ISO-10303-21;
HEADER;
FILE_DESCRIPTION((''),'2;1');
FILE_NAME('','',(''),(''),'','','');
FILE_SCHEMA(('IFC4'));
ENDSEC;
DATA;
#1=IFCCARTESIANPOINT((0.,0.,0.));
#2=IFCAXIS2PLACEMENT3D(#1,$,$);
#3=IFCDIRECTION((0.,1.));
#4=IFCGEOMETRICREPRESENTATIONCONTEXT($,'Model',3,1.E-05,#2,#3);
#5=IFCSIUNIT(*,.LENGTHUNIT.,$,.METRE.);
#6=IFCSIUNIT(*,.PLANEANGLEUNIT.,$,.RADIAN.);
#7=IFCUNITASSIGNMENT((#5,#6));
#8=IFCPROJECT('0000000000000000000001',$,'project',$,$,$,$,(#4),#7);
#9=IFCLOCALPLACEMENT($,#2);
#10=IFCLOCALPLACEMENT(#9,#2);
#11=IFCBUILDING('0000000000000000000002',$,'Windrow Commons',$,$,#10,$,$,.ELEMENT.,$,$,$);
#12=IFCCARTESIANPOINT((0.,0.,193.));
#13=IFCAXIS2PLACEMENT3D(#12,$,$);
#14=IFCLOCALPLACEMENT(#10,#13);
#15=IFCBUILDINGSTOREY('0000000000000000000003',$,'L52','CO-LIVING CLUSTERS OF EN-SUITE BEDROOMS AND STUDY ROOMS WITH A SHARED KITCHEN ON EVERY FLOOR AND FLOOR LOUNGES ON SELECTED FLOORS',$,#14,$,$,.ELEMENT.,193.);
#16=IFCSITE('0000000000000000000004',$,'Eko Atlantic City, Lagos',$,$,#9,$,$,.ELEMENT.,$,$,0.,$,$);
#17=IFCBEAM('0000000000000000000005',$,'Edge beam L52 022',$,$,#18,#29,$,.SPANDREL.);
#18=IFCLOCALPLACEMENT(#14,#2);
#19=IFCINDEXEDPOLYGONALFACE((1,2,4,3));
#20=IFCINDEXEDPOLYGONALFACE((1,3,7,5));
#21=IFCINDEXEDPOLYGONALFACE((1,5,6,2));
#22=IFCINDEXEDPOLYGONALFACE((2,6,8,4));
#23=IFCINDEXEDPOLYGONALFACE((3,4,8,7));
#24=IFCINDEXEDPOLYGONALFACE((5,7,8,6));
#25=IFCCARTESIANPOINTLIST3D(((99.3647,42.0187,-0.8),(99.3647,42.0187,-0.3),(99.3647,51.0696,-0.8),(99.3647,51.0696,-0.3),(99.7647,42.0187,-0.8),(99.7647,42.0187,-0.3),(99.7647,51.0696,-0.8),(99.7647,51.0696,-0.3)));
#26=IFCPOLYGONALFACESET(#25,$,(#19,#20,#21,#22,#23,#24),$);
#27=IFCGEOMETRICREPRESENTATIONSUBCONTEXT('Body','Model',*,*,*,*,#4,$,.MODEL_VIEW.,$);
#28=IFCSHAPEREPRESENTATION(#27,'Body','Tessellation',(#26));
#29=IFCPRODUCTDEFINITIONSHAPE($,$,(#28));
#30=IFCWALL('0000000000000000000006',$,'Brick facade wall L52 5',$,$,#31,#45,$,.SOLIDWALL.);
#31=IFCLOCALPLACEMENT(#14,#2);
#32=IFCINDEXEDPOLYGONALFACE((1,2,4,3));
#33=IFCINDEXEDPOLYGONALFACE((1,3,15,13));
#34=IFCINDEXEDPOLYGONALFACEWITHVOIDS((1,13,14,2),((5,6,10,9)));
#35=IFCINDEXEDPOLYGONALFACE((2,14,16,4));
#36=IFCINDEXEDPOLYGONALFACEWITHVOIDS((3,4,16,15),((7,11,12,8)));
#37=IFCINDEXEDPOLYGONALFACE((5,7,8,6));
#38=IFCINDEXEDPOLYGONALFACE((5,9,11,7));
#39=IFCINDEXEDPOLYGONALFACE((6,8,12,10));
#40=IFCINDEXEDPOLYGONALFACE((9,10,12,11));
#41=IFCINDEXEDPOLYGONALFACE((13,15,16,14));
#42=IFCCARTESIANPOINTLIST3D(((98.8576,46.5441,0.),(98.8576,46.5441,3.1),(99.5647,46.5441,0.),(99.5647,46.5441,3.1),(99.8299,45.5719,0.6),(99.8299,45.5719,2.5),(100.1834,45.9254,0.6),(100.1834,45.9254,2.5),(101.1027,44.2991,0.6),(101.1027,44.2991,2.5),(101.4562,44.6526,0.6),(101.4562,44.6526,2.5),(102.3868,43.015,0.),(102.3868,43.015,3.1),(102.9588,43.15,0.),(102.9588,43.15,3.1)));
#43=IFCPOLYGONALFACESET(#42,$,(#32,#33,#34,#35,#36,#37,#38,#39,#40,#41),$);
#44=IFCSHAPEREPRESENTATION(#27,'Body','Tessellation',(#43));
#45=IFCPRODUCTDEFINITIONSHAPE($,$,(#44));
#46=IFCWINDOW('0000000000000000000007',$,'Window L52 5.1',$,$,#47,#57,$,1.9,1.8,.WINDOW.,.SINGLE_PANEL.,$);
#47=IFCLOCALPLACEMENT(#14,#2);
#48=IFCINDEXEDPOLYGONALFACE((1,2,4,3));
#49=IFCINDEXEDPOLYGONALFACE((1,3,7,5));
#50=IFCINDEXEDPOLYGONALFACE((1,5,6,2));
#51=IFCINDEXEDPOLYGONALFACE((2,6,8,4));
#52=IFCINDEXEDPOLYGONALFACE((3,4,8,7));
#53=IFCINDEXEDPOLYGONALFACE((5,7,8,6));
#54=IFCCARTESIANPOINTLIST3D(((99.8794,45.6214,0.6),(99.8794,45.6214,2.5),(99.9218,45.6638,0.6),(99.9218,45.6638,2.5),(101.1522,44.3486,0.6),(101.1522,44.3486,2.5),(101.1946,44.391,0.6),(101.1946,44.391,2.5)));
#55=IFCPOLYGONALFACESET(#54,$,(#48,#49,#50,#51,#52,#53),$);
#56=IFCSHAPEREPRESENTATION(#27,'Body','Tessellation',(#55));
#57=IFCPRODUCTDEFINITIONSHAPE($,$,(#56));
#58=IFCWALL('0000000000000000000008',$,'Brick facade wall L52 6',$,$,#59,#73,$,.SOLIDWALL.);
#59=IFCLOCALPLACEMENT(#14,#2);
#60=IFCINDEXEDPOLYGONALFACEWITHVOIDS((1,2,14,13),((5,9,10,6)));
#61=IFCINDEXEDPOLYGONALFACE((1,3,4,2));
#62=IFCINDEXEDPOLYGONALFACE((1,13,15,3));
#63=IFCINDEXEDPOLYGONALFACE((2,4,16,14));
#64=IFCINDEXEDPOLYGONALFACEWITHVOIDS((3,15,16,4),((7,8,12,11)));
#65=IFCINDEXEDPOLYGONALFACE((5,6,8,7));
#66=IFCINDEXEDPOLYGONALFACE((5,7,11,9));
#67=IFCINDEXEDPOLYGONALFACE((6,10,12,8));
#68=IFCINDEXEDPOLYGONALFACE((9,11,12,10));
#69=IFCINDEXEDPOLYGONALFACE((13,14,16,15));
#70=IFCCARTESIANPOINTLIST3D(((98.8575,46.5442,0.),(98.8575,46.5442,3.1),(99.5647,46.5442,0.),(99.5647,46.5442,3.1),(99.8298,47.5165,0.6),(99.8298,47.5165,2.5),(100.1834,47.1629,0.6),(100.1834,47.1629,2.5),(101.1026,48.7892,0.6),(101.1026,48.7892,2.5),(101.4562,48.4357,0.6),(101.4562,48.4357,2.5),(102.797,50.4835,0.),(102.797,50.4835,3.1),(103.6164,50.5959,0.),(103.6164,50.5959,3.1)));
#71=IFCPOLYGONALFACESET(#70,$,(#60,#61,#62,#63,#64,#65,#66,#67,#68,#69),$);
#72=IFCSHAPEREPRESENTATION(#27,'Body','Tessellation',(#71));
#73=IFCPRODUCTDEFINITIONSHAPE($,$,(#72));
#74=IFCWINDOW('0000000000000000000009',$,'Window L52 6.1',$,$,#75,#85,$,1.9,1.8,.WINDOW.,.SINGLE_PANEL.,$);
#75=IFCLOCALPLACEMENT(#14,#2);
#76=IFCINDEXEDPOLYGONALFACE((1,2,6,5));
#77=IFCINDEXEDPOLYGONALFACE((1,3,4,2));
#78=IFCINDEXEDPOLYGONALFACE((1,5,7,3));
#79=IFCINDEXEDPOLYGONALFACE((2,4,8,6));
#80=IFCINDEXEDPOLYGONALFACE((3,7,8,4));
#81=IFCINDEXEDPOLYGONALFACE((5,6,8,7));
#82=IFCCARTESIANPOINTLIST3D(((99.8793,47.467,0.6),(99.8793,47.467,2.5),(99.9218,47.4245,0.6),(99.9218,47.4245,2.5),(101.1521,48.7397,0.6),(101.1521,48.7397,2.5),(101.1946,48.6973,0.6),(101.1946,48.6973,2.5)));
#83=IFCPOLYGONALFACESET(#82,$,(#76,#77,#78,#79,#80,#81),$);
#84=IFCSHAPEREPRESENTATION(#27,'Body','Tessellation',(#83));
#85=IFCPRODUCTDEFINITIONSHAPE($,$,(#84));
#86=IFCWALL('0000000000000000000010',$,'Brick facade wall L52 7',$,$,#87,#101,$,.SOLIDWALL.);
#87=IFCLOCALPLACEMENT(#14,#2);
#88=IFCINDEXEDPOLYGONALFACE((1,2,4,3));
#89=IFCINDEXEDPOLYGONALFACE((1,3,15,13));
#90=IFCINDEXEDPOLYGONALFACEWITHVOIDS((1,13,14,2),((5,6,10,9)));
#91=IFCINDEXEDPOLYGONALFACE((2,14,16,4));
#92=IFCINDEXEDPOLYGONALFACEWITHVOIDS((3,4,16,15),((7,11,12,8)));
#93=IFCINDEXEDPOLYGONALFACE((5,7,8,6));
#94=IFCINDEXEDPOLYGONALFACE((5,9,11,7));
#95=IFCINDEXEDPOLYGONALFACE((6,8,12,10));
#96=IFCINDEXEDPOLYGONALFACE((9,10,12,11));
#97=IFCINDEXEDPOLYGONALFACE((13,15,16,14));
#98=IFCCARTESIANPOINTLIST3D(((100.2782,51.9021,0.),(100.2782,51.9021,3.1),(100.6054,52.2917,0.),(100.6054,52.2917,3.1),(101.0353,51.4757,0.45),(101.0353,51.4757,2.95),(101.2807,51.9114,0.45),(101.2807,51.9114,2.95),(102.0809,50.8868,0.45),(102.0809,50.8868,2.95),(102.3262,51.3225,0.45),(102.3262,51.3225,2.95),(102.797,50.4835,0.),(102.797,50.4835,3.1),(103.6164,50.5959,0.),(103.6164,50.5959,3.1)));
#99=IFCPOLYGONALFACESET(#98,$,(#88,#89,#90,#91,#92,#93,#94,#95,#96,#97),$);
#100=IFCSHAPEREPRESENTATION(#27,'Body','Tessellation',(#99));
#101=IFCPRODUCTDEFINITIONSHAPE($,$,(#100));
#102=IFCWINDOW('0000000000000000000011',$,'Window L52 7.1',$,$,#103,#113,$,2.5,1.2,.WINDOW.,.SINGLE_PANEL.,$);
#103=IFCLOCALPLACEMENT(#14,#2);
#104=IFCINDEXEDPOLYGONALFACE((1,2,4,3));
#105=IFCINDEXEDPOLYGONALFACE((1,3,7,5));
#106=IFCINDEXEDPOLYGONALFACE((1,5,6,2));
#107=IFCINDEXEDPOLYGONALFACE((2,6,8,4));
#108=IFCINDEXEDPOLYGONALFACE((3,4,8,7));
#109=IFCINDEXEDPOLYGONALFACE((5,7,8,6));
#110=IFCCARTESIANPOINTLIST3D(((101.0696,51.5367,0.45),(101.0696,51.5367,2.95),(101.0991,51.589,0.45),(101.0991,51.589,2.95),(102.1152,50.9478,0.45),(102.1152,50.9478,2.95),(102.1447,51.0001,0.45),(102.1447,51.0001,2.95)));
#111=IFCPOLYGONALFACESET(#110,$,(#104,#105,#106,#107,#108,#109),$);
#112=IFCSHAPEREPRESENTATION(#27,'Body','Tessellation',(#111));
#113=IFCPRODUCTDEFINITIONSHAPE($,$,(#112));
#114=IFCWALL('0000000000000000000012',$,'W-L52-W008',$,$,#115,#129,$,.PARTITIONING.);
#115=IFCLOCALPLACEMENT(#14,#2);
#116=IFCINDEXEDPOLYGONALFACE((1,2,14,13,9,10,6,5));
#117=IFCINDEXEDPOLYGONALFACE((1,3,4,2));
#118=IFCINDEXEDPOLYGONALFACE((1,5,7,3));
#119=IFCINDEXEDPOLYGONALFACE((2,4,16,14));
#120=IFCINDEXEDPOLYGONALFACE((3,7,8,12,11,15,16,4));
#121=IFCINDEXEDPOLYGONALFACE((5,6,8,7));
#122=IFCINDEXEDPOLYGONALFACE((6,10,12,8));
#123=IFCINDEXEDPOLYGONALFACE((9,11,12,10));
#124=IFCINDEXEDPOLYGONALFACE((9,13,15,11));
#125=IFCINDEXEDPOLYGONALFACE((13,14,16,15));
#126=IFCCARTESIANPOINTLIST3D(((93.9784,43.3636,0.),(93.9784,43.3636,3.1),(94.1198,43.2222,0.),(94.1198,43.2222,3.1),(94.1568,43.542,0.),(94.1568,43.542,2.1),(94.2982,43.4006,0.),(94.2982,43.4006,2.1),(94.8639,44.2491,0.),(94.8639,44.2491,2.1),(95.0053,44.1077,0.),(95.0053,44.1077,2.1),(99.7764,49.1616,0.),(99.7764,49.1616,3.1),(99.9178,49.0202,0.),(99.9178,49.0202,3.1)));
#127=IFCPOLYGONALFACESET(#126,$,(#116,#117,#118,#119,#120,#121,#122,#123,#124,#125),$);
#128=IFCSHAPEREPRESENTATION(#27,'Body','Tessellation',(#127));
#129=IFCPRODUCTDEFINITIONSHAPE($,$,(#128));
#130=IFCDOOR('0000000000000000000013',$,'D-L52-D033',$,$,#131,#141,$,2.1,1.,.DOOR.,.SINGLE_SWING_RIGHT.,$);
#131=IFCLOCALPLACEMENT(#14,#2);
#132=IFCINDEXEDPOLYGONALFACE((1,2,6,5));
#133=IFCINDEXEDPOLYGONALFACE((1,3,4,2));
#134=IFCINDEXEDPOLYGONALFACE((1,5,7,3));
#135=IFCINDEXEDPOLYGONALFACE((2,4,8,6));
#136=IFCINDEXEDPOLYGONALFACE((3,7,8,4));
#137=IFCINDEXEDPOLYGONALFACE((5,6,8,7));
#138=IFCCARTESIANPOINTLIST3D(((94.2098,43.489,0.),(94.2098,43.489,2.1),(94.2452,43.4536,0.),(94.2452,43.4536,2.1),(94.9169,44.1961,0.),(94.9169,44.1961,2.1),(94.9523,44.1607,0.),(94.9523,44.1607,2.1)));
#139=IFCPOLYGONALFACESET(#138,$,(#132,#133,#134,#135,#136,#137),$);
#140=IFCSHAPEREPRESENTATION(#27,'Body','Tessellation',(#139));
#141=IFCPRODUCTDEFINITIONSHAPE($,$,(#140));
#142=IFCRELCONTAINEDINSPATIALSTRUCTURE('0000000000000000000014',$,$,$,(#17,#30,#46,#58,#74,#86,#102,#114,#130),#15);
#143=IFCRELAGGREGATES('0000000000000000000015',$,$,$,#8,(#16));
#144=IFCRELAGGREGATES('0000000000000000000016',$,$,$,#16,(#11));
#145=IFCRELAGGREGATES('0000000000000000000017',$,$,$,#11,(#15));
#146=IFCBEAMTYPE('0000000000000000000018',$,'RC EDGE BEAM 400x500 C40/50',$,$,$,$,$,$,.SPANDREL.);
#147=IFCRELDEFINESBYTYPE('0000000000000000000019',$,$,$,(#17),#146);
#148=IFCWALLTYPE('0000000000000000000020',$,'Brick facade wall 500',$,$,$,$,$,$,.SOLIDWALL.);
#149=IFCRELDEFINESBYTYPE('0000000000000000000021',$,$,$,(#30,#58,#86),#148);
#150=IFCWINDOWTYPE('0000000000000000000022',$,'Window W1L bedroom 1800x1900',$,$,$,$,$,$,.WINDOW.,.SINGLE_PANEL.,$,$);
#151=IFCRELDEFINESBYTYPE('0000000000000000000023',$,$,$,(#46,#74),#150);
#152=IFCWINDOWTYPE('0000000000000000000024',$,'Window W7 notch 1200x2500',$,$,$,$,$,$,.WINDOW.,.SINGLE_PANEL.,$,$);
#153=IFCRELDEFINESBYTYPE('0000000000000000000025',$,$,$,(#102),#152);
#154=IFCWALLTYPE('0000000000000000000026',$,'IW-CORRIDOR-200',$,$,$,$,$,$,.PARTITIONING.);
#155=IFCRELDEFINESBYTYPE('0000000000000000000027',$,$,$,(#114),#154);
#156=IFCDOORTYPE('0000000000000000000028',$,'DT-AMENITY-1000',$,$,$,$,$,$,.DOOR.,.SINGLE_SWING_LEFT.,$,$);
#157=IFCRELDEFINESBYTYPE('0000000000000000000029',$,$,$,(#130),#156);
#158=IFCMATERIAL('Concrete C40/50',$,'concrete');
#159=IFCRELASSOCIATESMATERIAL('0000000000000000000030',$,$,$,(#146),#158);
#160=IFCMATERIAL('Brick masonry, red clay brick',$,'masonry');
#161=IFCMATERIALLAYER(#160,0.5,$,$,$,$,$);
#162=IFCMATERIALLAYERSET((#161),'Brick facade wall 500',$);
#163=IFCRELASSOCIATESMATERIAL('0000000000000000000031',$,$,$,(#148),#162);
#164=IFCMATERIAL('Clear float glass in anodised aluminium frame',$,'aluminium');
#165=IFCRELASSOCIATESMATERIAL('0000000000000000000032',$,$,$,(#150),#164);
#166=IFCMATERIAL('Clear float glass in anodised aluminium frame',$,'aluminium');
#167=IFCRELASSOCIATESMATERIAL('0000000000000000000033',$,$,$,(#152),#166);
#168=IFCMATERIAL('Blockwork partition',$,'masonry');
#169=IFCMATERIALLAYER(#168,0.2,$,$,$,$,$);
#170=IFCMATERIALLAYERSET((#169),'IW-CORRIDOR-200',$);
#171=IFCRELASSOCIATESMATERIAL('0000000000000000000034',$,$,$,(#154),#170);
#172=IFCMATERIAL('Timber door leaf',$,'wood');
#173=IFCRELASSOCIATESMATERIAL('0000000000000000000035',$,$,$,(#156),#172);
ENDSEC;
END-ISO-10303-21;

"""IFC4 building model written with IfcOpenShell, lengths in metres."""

from ifc_helpers import new_model, si_unit, direction, frame, frame_2d, origin, origin_2d, place, context, subcontext, project, spatial, polyline, rectangle, outline, extrude, material, layer, layer_set, material_profile, profile_set, type_object, element, fill, save


model = new_model("IFC4")

# Units and contexts
model_context = context("Model", 3, precision=1e-05, world=origin(), true_north=direction((0.0, 1.0)))
body_context = subcontext(model_context, "Body", "Model", "MODEL_VIEW")
ifc_project = project(units=[si_unit("LENGTHUNIT", "METRE"), si_unit("PLANEANGLEUNIT", "RADIAN")], contexts=[model_context])

# Site, building, storey
site_placement = place(None, origin())
site = spatial("IfcSite", under=ifc_project, at=site_placement, Name="Eko Atlantic City, Lagos", CompositionType="ELEMENT", RefElevation=0.0)
building_placement = place(site_placement, origin())
building = spatial("IfcBuilding", under=site, at=building_placement, Name="Windrow Commons", CompositionType="ELEMENT")
storey_placement = place(building_placement, frame((0.0, 0.0, 193.0)))
storey = spatial("IfcBuildingStorey", under=building, at=storey_placement, Name="L52", Description="CO-LIVING CLUSTERS OF EN-SUITE BEDROOMS AND STUDY ROOMS WITH A SHARED KITCHEN ON EVERY FLOOR AND FLOOR LOUNGES ON SELECTED FLOORS", CompositionType="ELEMENT", Elevation=193.0)

# Beam
ifc_material_1 = material(Name="Concrete C40/50", Category="concrete")
ifc_material_profile = material_profile(ifc_material_1, rectangle(XDim=0.4, YDim=0.5, at=origin_2d()))
ifc_profile_set = profile_set([ifc_material_profile], Name="Concrete C40/50")
beam_type = type_object("IfcBeamType", Name="RC EDGE BEAM 400x500 C40/50", PredefinedType="SPANDREL", material=ifc_profile_set)
beam_placement = place(storey_placement, frame((99.5647, 51.0696, -0.55), z_axis=(0.0, -1.0, 0.0), x_axis=(1.0, 0.0, 0.0)))
element("IfcBeam", 1, at=beam_placement, inside=storey, type_object=beam_type, Name="Edge beam L52 022", PredefinedType="SPANDREL", context=body_context, shape_type="SweptSolid", body=[
    extrude(rectangle(XDim=0.4, YDim=0.5, at=origin_2d()), origin(), (0.0, 0.0, 1.0), 9.0509),
])

# Walls, openings, windows
ifc_material_2 = material(Name="Brick masonry, red clay brick", Category="masonry")
ifc_layer_1 = layer(ifc_material_2, 0.5)
ifc_layer_set_1 = layer_set([ifc_layer_1], Name="Brick facade wall 500")
wall_type_1 = type_object("IfcWallType", Name="Brick facade wall 500", PredefinedType="SOLIDWALL", material=ifc_layer_set_1)
wall_1_placement = place(storey_placement, frame((102.6728, 43.0825, 0.0), z_axis=(0.0, 0.0, 1.0), x_axis=(-0.707107, 0.707107, 0.0)))
wall_1 = element("IfcWall", 2, at=wall_1_placement, inside=storey, type_object=wall_type_1, Name="Brick facade wall L52 5", PredefinedType="SOLIDWALL", context=body_context, shape_type="SweptSolid", body=[
    extrude(outline(polyline([(-0.1545, -0.25), (4.6455, -0.25), (5.1455, 0.25), (0.1545, 0.25), (-0.1545, -0.25)])), origin(), (0.0, 0.0, 1.0), 3.1),
])
opening_1_placement = place(wall_1_placement, frame((1.9705, 0.0, 0.6)))
opening_1 = element("IfcOpeningElement", 3, at=opening_1_placement, cuts=wall_1, PredefinedType="OPENING", context=body_context, shape_type="SweptSolid", body=[
    extrude(rectangle(XDim=1.8, YDim=1.9, at=frame_2d((0.9, 0.95))), frame((0.0, 0.26, 0.0), z_axis=(0.0, -1.0, 0.0), x_axis=(1.0, 0.0, 0.0)), (0.0, 0.0, 1.0), 0.52),
])
ifc_material_3 = material(Name="Clear float glass in anodised aluminium frame", Category="aluminium")
window_type_1 = type_object("IfcWindowType", Name="Window W1L bedroom 1800x1900", PartitioningType="SINGLE_PANEL", PredefinedType="WINDOW", material=ifc_material_3)
window_1_placement = place(opening_1_placement, origin())
window_1 = element("IfcWindow", 4, at=window_1_placement, inside=storey, type_object=window_type_1, Name="Window L52 5.1", OverallHeight=1.9, OverallWidth=1.8, PartitioningType="SINGLE_PANEL", PredefinedType="WINDOW", context=body_context, shape_type="SweptSolid", body=[
    extrude(rectangle(XDim=1.8, YDim=1.9, at=frame_2d((0.9, 0.95))), frame((0.0, 0.18, 0.0), z_axis=(0.0, -1.0, 0.0), x_axis=(1.0, 0.0, 0.0)), (0.0, 0.0, 1.0), 0.06),
])
fill(opening_1, window_1)
wall_2_placement = place(storey_placement, frame((99.2111, 46.5442, 0.0), z_axis=(0.0, 0.0, 1.0), x_axis=(0.707116, 0.707098, 0.0)))
wall_2 = element("IfcWall", 5, at=wall_2_placement, inside=storey, type_object=wall_type_1, Name="Brick facade wall L52 6", PredefinedType="SOLIDWALL", context=body_context, shape_type="SweptSolid", body=[
    extrude(outline(polyline([(0.25, -0.25), (5.98, -0.25), (5.3211, 0.25), (-0.25, 0.25), (0.25, -0.25)])), origin(), (0.0, 0.0, 1.0), 3.1),
])
opening_2_placement = place(wall_2_placement, frame((1.125, 0.0, 0.6)))
opening_2 = element("IfcOpeningElement", 6, at=opening_2_placement, cuts=wall_2, PredefinedType="OPENING", context=body_context, shape_type="SweptSolid", body=[
    extrude(rectangle(XDim=1.8, YDim=1.9, at=frame_2d((0.9, 0.95))), frame((0.0, 0.26, 0.0), z_axis=(0.0, -1.0, 0.0), x_axis=(1.0, 0.0, 0.0)), (0.0, 0.0, 1.0), 0.52),
])
window_2_placement = place(opening_2_placement, origin())
window_2 = element("IfcWindow", 7, at=window_2_placement, inside=storey, type_object=window_type_1, Name="Window L52 6.1", OverallHeight=1.9, OverallWidth=1.8, PartitioningType="SINGLE_PANEL", PredefinedType="WINDOW", context=body_context, shape_type="SweptSolid", body=[
    extrude(rectangle(XDim=1.8, YDim=1.9, at=frame_2d((0.9, 0.95))), frame((0.0, 0.18, 0.0), z_axis=(0.0, -1.0, 0.0), x_axis=(1.0, 0.0, 0.0)), (0.0, 0.0, 1.0), 0.06),
])
fill(opening_2, window_2)
wall_3_placement = place(storey_placement, frame((103.2067, 50.5397, 0.0), z_axis=(0.0, 0.0, 1.0), x_axis=(-0.871314, 0.490726, 0.0)))
wall_3 = element("IfcWall", 8, at=wall_3_placement, inside=storey, type_object=wall_type_1, Name="Brick facade wall L52 7", PredefinedType="SOLIDWALL", context=body_context, shape_type="SweptSolid", body=[
    extrude(outline(polyline([(-0.3294, -0.25), (3.1263, -0.25), (3.2202, 0.25), (0.3294, 0.25), (-0.3294, -0.25)])), origin(), (0.0, 0.0, 1.0), 3.1),
])
opening_3_placement = place(wall_3_placement, frame((1.1513, 0.0, 0.45)))
opening_3 = element("IfcOpeningElement", 9, at=opening_3_placement, cuts=wall_3, PredefinedType="OPENING", context=body_context, shape_type="SweptSolid", body=[
    extrude(rectangle(XDim=1.2, YDim=2.5, at=frame_2d((0.6, 1.25))), frame((0.0, 0.26, 0.0), z_axis=(0.0, -1.0, 0.0), x_axis=(1.0, 0.0, 0.0)), (0.0, 0.0, 1.0), 0.52),
])
ifc_material_4 = material(Name="Clear float glass in anodised aluminium frame", Category="aluminium")
window_type_2 = type_object("IfcWindowType", Name="Window W7 notch 1200x2500", PartitioningType="SINGLE_PANEL", PredefinedType="WINDOW", material=ifc_material_4)
window_3_placement = place(opening_3_placement, origin())
window_3 = element("IfcWindow", 10, at=window_3_placement, inside=storey, type_object=window_type_2, Name="Window L52 7.1", OverallHeight=2.5, OverallWidth=1.2, PartitioningType="SINGLE_PANEL", PredefinedType="WINDOW", context=body_context, shape_type="SweptSolid", body=[
    extrude(rectangle(XDim=1.2, YDim=2.5, at=frame_2d((0.6, 1.25))), frame((0.0, 0.18, 0.0), z_axis=(0.0, -1.0, 0.0), x_axis=(1.0, 0.0, 0.0)), (0.0, 0.0, 1.0), 0.06),
])
fill(opening_3, window_3)

# Wall, opening, door
ifc_material_5 = material(Name="Blockwork partition", Category="masonry")
ifc_layer_2 = layer(ifc_material_5, 0.2)
ifc_layer_set_2 = layer_set([ifc_layer_2], Name="IW-CORRIDOR-200")
wall_type_2 = type_object("IfcWallType", Name="IW-CORRIDOR-200", PredefinedType="PARTITIONING", material=ifc_layer_set_2)
wall_4_placement = place(storey_placement, frame((94.0491, 43.2929, 0.0), z_axis=(0.0, 0.0, 1.0), x_axis=(0.707107, 0.707107, 0.0)))
wall_4 = element("IfcWall", 11, at=wall_4_placement, inside=storey, type_object=wall_type_2, Name="W-L52-W008", PredefinedType="PARTITIONING", context=body_context, shape_type="SweptSolid", body=[
    extrude(rectangle(XDim=8.1996, YDim=0.2, at=frame_2d((4.0998, 0.0))), origin(), (0.0, 0.0, 1.0), 3.1),
])
opening_4_placement = place(wall_4_placement, frame((0.2523, 0.0, 0.0)))
opening_4 = element("IfcOpeningElement", 12, at=opening_4_placement, cuts=wall_4, PredefinedType="OPENING", context=body_context, shape_type="SweptSolid", body=[
    extrude(rectangle(XDim=1.0, YDim=2.1, at=frame_2d((0.5, 1.05))), frame((0.0, 0.11, 0.0), z_axis=(0.0, -1.0, 0.0), x_axis=(1.0, 0.0, 0.0)), (0.0, 0.0, 1.0), 0.22),
])
ifc_material_6 = material(Name="Timber door leaf", Category="wood")
door_type_1 = type_object("IfcDoorType", Name="DT-AMENITY-1000", OperationType="SINGLE_SWING_LEFT", PredefinedType="DOOR", material=ifc_material_6)
door_1_placement = place(opening_4_placement, origin())
door_1 = element("IfcDoor", 13, at=door_1_placement, inside=storey, type_object=door_type_1, Name="D-L52-D033", OperationType="SINGLE_SWING_RIGHT", OverallHeight=2.1, OverallWidth=1.0, PredefinedType="DOOR", context=body_context, shape_type="SweptSolid", body=[
    extrude(rectangle(XDim=1.0, YDim=2.1, at=frame_2d((0.5, 1.05))), frame((0.0, 0.025, 0.0), z_axis=(0.0, -1.0, 0.0), x_axis=(1.0, 0.0, 0.0)), (0.0, 0.0, 1.0), 0.05),
])
fill(opening_4, door_1)

save(model, "model.ifc")
